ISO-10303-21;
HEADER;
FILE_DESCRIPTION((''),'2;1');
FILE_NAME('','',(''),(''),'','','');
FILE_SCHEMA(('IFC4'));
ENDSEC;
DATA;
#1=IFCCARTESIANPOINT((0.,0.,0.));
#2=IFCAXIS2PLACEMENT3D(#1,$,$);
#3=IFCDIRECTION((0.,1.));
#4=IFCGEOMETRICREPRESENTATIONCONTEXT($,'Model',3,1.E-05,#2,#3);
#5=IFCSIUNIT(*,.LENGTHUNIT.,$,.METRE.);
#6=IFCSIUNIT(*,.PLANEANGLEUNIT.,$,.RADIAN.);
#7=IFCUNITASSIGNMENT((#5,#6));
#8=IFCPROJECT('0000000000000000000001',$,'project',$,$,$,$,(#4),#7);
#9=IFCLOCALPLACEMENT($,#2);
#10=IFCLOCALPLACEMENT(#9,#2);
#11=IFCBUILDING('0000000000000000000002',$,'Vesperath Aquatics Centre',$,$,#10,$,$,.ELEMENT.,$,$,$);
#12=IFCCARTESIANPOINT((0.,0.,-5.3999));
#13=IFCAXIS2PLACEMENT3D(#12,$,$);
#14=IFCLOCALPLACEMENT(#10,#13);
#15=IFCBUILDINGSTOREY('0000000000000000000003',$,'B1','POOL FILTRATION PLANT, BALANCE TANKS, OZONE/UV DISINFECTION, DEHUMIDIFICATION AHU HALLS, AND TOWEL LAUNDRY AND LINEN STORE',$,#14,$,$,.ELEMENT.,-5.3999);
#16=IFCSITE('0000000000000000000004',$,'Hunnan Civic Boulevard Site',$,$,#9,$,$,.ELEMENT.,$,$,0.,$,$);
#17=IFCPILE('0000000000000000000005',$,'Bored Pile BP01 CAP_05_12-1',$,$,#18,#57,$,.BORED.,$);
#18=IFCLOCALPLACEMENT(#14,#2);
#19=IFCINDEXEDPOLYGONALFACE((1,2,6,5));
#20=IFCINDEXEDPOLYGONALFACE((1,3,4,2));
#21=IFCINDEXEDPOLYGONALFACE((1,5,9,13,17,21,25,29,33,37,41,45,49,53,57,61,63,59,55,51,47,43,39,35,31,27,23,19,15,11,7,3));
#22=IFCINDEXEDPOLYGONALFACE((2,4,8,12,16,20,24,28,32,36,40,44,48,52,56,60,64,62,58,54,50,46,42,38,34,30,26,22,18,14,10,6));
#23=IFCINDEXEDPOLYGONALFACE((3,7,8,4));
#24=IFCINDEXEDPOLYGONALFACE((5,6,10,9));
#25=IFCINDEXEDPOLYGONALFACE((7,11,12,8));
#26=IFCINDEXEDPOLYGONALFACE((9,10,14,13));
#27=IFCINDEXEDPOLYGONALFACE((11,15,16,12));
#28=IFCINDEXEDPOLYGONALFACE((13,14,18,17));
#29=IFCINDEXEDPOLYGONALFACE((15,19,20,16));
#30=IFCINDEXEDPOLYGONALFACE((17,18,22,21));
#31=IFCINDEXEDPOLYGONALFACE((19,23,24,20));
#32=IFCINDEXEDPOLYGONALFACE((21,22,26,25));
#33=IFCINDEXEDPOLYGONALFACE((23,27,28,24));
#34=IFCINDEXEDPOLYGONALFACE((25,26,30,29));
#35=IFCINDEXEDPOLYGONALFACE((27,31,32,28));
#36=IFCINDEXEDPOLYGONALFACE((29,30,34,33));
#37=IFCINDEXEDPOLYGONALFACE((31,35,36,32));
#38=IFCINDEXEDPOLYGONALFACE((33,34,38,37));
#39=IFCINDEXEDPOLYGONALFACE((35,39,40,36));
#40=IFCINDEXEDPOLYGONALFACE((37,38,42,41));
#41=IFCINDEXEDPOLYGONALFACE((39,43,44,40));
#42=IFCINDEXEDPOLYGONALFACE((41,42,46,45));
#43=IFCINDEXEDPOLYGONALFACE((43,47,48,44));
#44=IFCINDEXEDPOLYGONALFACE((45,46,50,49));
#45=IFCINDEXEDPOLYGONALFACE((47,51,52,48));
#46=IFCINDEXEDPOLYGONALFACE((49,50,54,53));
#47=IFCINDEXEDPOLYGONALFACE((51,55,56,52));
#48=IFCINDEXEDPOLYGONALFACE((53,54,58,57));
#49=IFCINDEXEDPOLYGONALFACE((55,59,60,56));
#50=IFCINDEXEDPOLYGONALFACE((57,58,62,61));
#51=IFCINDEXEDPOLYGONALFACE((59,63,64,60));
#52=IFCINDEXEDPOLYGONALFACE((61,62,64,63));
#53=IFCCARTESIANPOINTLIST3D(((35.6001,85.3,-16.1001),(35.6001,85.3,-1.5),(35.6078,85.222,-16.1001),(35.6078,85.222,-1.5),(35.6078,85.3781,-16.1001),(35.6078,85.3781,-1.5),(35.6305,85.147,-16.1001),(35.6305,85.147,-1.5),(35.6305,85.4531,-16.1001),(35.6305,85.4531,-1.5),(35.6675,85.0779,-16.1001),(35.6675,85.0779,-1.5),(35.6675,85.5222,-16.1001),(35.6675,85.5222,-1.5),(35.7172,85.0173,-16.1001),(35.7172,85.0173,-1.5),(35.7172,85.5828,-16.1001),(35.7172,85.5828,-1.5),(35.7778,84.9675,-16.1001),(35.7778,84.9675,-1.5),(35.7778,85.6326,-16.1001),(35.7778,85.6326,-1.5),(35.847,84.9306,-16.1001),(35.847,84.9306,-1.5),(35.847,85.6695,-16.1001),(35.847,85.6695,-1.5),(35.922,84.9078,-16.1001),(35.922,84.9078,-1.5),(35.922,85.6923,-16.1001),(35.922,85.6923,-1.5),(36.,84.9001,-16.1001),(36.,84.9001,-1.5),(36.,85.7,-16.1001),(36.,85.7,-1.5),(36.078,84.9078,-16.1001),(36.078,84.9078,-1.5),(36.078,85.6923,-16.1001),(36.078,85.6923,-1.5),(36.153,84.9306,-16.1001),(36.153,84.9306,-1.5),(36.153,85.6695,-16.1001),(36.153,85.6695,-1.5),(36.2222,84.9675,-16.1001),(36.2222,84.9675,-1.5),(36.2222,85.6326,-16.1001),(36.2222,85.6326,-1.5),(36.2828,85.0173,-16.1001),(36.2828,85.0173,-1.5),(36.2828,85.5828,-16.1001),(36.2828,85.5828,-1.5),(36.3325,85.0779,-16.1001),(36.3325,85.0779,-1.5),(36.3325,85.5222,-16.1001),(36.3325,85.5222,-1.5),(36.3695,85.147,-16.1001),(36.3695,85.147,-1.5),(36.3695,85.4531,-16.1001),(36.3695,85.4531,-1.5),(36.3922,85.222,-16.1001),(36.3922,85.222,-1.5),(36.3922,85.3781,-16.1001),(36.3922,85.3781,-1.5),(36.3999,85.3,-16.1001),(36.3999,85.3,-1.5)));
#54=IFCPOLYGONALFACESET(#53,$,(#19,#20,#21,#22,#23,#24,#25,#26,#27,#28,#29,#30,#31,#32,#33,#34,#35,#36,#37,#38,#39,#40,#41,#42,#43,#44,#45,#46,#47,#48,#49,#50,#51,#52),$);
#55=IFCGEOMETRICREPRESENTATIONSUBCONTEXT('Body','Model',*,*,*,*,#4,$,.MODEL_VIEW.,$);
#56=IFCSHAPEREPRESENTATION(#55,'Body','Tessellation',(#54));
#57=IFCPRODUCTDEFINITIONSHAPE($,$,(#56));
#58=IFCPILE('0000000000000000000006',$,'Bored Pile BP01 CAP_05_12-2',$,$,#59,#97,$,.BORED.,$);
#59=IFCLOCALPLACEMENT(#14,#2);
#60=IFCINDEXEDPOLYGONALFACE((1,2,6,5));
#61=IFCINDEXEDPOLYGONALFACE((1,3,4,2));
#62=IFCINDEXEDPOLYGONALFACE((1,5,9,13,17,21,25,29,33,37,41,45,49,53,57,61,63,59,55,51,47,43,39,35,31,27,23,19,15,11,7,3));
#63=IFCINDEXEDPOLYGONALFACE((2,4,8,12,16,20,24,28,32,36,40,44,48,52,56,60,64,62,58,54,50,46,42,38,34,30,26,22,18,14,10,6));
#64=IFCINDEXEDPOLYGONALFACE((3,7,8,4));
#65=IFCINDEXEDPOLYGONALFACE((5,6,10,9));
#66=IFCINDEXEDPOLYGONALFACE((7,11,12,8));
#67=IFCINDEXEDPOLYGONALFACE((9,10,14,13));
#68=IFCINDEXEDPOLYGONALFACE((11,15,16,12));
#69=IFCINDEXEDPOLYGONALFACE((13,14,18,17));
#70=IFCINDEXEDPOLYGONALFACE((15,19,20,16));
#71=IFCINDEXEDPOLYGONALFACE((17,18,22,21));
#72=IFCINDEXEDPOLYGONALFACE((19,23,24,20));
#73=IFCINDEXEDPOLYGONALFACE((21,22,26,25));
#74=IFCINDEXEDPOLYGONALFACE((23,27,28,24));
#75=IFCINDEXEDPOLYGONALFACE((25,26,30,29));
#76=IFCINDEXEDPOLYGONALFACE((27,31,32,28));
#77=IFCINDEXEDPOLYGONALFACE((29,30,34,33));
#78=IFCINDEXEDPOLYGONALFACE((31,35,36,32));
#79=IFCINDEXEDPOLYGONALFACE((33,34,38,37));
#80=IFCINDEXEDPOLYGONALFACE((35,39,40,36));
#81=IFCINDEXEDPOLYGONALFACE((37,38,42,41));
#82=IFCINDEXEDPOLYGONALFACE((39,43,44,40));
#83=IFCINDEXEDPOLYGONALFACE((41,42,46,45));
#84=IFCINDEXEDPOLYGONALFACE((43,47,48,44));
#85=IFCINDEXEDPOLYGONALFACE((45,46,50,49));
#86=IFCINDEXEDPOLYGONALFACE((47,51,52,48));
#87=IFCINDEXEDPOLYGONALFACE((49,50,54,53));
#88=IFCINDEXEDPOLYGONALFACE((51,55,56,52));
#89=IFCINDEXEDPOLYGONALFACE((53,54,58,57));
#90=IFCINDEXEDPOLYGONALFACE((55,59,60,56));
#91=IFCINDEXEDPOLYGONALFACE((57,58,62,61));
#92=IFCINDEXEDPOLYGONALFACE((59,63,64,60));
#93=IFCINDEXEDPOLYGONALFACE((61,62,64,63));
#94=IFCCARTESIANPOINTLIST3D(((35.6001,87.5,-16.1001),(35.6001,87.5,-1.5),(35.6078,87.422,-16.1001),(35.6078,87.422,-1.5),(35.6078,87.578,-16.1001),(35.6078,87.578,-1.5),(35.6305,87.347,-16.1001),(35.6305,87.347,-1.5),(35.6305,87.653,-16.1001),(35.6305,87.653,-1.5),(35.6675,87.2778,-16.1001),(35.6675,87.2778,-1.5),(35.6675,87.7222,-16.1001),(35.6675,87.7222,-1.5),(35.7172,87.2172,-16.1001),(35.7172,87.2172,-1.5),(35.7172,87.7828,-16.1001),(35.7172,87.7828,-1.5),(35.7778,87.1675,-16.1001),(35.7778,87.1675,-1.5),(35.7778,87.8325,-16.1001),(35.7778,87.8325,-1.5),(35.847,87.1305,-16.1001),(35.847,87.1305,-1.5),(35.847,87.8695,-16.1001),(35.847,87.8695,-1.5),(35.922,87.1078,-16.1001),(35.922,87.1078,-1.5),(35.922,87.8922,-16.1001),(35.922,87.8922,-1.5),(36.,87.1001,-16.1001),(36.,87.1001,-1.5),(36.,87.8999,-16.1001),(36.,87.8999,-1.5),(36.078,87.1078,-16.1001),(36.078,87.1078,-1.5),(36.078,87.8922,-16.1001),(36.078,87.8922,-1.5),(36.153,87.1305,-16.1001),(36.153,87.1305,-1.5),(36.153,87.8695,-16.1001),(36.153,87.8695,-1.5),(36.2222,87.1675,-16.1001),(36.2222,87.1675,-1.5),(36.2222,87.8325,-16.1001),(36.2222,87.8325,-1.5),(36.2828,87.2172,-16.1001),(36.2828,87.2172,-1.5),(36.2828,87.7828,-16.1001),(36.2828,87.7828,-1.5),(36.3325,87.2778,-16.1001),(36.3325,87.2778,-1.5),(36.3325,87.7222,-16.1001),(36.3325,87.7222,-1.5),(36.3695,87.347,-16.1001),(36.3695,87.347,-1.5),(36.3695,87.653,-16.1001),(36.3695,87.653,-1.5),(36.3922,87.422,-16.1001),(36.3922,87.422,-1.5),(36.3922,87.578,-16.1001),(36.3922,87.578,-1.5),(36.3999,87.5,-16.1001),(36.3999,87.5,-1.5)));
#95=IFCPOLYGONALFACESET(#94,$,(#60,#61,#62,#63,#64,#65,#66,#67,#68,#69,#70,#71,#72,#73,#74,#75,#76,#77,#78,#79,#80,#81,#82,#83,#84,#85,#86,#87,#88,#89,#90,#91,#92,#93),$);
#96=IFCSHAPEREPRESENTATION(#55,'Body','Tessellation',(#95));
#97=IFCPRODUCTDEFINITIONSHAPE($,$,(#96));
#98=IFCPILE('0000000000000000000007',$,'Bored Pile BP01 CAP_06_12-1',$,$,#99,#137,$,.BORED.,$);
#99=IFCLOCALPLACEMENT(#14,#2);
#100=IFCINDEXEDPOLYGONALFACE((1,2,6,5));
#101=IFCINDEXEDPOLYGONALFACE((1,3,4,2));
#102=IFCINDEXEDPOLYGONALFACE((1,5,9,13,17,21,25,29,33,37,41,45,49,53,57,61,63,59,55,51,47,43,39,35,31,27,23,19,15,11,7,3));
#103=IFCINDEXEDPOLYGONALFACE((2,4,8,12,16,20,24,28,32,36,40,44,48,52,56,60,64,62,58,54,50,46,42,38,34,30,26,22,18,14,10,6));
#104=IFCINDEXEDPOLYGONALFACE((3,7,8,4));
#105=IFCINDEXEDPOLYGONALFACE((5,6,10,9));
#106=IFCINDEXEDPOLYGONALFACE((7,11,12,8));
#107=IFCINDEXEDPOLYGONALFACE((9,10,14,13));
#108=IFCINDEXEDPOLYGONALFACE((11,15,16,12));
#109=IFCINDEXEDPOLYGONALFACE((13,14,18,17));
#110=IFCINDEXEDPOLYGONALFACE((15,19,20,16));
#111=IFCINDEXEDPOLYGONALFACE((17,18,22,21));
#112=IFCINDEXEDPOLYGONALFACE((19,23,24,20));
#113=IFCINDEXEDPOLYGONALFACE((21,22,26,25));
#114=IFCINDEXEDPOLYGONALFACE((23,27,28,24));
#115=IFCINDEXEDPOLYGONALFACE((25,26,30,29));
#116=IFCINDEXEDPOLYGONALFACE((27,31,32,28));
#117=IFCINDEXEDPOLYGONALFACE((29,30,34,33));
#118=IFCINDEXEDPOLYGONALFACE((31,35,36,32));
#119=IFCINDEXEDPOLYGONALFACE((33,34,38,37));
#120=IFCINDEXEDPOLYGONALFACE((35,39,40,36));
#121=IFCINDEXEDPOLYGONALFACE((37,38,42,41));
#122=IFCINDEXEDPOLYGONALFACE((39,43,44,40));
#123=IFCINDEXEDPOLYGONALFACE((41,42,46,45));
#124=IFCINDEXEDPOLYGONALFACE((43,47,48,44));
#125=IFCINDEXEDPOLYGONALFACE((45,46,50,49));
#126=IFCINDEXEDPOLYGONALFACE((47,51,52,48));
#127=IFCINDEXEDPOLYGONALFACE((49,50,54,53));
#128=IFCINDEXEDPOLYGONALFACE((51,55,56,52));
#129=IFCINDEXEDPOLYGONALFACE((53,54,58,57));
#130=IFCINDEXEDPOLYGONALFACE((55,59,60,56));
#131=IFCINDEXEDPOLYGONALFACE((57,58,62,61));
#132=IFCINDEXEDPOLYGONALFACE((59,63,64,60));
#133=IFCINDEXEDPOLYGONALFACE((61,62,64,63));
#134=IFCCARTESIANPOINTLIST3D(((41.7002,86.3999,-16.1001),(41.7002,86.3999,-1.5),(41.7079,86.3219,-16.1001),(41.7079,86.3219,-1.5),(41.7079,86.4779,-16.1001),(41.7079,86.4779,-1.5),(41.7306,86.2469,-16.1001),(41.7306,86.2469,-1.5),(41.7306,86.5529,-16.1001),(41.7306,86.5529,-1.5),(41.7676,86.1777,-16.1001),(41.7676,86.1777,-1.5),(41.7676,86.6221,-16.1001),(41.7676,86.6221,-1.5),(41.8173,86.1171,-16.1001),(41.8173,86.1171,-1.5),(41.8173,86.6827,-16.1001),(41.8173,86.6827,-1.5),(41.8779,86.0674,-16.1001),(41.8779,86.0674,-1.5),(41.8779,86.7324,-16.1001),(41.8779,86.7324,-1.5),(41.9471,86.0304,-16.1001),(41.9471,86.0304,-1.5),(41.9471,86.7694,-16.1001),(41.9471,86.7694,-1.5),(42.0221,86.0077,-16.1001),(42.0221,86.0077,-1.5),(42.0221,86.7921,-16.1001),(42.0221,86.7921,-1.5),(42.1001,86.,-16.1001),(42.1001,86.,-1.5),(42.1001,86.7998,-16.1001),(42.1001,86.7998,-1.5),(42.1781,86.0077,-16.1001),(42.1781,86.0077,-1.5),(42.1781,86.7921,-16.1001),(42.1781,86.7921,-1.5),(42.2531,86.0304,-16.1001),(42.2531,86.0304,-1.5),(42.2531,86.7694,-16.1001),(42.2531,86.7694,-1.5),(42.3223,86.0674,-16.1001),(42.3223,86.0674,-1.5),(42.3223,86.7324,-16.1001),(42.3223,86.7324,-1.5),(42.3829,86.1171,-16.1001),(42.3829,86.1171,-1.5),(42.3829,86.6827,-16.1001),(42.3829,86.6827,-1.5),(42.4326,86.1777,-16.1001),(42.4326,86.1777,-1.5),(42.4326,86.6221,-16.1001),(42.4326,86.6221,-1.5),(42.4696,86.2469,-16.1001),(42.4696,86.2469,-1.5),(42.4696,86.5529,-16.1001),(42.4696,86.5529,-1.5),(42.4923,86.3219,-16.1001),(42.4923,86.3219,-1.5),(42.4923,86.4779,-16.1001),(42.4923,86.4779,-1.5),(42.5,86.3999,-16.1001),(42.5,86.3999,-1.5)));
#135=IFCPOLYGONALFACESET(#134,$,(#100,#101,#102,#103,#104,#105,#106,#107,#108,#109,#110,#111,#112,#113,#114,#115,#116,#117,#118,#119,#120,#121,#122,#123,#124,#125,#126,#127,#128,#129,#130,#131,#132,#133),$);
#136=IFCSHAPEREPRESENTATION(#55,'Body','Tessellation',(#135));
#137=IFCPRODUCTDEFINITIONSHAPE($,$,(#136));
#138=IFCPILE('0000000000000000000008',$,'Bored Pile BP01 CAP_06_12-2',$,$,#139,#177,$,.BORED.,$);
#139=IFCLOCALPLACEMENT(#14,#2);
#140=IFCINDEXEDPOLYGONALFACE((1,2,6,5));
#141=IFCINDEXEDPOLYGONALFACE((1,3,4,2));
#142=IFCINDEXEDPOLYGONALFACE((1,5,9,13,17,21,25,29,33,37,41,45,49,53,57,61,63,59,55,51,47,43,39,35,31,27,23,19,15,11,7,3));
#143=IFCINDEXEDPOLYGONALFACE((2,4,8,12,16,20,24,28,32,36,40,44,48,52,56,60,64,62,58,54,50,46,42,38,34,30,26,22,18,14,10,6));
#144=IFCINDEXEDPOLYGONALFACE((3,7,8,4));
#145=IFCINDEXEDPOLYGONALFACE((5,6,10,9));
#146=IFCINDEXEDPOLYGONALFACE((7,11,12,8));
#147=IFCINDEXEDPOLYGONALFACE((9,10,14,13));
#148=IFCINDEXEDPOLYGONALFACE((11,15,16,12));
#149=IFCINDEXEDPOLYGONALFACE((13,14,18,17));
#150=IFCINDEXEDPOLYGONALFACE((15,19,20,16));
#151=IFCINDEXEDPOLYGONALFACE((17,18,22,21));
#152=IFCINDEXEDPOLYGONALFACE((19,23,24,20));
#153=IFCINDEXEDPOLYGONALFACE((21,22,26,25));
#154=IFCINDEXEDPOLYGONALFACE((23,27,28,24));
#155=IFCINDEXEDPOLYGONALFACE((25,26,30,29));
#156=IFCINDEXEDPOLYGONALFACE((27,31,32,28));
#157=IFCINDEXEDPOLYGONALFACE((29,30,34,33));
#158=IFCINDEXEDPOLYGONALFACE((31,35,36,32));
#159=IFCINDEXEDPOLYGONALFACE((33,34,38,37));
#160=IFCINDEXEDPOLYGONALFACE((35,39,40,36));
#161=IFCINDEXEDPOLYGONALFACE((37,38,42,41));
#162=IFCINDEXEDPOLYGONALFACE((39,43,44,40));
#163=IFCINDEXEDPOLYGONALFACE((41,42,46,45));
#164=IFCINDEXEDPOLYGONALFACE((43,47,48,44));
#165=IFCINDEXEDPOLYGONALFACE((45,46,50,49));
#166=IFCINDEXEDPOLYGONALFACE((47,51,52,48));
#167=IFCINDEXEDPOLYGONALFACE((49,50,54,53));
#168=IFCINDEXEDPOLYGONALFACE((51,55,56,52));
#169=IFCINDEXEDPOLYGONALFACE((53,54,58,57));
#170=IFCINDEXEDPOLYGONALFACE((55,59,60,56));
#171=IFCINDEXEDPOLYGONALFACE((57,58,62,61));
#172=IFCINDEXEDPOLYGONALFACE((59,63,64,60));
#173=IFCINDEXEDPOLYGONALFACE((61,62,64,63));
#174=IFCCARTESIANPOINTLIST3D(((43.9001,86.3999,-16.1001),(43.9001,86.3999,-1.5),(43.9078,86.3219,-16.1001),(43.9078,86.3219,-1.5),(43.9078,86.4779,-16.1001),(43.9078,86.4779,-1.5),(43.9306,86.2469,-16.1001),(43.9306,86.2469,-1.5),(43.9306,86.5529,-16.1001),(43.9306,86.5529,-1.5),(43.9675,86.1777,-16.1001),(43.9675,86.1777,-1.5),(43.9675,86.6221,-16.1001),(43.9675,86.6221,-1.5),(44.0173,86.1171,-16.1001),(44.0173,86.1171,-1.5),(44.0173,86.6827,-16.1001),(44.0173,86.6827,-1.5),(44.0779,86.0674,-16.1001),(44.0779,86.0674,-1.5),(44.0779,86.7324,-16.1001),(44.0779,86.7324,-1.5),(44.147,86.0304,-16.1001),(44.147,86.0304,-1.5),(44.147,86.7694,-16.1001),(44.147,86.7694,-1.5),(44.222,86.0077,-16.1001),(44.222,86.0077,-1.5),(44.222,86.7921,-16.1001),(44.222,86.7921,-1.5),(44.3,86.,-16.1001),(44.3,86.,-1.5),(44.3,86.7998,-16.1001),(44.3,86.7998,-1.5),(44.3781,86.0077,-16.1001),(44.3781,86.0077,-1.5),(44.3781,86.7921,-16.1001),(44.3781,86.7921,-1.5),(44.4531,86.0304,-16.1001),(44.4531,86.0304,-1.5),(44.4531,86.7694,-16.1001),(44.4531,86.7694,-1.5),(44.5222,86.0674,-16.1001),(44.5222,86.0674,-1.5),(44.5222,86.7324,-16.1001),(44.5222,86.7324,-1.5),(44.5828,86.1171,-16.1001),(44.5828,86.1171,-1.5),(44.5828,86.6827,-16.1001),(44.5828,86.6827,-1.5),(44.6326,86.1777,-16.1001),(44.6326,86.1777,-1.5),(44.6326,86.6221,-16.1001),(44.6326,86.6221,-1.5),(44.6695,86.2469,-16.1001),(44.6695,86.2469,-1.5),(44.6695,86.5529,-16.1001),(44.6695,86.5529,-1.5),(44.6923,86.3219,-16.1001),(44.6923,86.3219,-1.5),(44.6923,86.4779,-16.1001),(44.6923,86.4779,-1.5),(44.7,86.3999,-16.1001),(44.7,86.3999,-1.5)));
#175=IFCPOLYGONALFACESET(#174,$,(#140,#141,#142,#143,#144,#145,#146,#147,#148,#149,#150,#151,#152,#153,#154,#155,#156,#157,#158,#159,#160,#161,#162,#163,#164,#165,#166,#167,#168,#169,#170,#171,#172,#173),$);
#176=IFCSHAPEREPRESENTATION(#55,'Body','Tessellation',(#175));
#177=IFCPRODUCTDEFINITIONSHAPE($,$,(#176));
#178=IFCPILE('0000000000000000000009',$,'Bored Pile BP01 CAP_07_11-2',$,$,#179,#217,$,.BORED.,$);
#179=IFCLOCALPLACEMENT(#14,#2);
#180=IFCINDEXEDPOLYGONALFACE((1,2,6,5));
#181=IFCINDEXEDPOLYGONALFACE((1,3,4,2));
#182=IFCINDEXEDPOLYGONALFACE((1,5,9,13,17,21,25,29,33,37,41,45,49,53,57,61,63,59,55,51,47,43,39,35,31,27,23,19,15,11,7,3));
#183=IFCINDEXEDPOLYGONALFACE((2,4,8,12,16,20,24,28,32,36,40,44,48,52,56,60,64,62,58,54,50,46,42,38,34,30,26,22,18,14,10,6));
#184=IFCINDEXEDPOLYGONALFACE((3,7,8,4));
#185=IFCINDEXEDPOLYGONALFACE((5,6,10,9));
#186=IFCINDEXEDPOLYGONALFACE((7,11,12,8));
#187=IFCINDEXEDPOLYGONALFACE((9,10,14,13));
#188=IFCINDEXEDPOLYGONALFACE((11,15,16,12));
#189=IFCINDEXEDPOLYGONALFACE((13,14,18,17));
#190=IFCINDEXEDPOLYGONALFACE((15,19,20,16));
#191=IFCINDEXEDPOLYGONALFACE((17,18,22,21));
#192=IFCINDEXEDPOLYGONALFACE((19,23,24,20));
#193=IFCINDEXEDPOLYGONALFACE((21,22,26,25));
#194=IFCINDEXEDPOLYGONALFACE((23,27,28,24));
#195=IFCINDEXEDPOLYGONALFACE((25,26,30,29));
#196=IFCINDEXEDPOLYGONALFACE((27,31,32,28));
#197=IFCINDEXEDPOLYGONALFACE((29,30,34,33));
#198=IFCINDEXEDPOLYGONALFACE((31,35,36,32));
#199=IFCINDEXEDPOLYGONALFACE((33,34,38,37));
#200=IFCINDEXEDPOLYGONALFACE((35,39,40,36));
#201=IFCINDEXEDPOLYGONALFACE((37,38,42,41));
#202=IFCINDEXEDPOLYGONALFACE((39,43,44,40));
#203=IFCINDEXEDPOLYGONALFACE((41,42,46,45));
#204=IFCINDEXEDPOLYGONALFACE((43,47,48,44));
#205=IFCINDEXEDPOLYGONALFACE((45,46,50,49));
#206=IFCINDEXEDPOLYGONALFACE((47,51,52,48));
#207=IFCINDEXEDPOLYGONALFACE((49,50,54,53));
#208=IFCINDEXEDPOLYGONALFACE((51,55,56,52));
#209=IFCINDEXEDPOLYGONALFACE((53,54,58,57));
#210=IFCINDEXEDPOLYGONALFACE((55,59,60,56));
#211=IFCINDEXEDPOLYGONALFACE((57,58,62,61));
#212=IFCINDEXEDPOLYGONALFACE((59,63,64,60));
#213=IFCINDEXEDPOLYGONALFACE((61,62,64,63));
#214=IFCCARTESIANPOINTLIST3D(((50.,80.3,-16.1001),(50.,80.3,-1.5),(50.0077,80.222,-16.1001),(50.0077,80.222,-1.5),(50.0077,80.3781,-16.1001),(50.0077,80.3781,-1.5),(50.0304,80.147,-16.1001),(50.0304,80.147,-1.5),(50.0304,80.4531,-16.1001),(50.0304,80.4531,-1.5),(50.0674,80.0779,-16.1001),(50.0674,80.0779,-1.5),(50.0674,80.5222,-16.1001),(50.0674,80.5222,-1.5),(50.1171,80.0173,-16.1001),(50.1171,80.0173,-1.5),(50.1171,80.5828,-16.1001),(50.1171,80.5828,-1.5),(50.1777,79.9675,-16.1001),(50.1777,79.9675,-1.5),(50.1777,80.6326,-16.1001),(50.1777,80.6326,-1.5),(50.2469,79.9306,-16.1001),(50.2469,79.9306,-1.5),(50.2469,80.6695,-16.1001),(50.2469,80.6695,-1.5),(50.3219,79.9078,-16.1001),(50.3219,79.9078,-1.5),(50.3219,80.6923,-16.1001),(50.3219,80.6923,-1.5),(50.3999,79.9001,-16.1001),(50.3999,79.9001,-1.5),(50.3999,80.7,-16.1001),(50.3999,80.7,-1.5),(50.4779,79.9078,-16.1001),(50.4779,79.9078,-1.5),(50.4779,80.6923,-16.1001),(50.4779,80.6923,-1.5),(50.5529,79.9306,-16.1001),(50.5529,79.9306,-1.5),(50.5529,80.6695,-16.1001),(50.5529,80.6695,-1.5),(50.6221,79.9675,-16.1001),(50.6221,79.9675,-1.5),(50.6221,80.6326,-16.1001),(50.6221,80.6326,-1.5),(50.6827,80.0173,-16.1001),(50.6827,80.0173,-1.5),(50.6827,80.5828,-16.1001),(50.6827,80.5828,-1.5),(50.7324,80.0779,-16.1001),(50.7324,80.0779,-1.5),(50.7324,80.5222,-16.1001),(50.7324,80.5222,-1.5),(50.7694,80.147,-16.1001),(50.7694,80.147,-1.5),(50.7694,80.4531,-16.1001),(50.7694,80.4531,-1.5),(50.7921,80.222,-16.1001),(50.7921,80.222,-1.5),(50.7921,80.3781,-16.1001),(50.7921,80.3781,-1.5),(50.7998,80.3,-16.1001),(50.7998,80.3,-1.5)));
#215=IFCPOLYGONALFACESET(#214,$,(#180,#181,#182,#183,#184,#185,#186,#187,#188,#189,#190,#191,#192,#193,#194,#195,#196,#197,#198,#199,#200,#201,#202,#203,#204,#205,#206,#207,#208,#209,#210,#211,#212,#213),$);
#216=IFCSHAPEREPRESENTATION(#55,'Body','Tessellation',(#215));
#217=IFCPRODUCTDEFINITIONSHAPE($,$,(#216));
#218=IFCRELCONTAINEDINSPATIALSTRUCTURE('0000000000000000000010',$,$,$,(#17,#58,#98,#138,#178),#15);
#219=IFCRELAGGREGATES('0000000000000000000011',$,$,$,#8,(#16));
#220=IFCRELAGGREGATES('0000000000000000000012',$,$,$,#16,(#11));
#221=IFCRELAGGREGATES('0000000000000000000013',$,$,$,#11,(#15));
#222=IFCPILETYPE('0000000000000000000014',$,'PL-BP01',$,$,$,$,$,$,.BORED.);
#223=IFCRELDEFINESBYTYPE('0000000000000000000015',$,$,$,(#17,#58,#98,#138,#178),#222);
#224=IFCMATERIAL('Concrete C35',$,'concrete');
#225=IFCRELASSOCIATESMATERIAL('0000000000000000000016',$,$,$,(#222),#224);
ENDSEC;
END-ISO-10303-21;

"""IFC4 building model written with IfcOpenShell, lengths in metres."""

from ifc_helpers import new_model, si_unit, direction, frame, origin, origin_2d, place, context, subcontext, project, spatial, circle, extrude, material, material_profile, profile_set, type_object, element, save


model = new_model("IFC4")

# Units and contexts
model_context = context("Model", 3, precision=1e-05, world=origin(), true_north=direction((0.0, 1.0)))
body_context = subcontext(model_context, "Body", "Model", "MODEL_VIEW")
ifc_project = project(units=[si_unit("LENGTHUNIT", "METRE"), si_unit("PLANEANGLEUNIT", "RADIAN")], contexts=[model_context])

# Site, building, storey
site_placement = place(None, origin())
site = spatial("IfcSite", under=ifc_project, at=site_placement, Name="Hunnan Civic Boulevard Site", CompositionType="ELEMENT", RefElevation=0.0)
building_placement = place(site_placement, origin())
building = spatial("IfcBuilding", under=site, at=building_placement, Name="Vesperath Aquatics Centre", CompositionType="ELEMENT")
storey_placement = place(building_placement, frame((0.0, 0.0, -5.3999)))
storey = spatial("IfcBuildingStorey", under=building, at=storey_placement, Name="B1", Description="POOL FILTRATION PLANT, BALANCE TANKS, OZONE/UV DISINFECTION, DEHUMIDIFICATION AHU HALLS, AND TOWEL LAUNDRY AND LINEN STORE", CompositionType="ELEMENT", Elevation=-5.3999)

# Piles
ifc_material_1 = material(Name="Concrete C35", Category="concrete")
ifc_material_profile_1 = material_profile(ifc_material_1, circle(Radius=0.3999, at=origin_2d()), Name="PILE D800")
ifc_profile_set_1 = profile_set([ifc_material_profile_1], Name="Concrete C35")
pile_type = type_object("IfcPileType", Name="PL-BP01", PredefinedType="BORED", material=ifc_profile_set_1)
for number, where, z_axis, x_axis, name in (
    (1, (36.0, 85.3, -1.5), (0.0, 0.0, -1.0), (1.0, 0.0, 0.0), "Bored Pile BP01 CAP_05_12-1"),
    (2, (36.0, 87.5, -1.5), (0.0, 0.0, -1.0), (1.0, 0.0, 0.0), "Bored Pile BP01 CAP_05_12-2"),
    (3, (42.1001, 86.3999, -1.5), (0.0, 0.0, -1.0), (1.0, 0.0, 0.0), "Bored Pile BP01 CAP_06_12-1"),
    (4, (44.3, 86.3999, -1.5), (0.0, 0.0, -1.0), (1.0, 0.0, 0.0), "Bored Pile BP01 CAP_06_12-2"),
    (5, (50.3999, 80.3, -1.5), (0.0, 0.0, -1.0), (1.0, 0.0, 0.0), "Bored Pile BP01 CAP_07_11-2"),
):
    element("IfcPile", number, at=place(storey_placement, frame(where, z_axis=z_axis, x_axis=x_axis)), inside=storey, type_object=pile_type, Name=name, PredefinedType="BORED", context=body_context, shape_type="SweptSolid", body=[
        extrude(circle(Radius=0.3999, at=origin_2d()), origin(), (0.0, 0.0, 1.0), 14.6001),
    ])

save(model, "model.ifc")
